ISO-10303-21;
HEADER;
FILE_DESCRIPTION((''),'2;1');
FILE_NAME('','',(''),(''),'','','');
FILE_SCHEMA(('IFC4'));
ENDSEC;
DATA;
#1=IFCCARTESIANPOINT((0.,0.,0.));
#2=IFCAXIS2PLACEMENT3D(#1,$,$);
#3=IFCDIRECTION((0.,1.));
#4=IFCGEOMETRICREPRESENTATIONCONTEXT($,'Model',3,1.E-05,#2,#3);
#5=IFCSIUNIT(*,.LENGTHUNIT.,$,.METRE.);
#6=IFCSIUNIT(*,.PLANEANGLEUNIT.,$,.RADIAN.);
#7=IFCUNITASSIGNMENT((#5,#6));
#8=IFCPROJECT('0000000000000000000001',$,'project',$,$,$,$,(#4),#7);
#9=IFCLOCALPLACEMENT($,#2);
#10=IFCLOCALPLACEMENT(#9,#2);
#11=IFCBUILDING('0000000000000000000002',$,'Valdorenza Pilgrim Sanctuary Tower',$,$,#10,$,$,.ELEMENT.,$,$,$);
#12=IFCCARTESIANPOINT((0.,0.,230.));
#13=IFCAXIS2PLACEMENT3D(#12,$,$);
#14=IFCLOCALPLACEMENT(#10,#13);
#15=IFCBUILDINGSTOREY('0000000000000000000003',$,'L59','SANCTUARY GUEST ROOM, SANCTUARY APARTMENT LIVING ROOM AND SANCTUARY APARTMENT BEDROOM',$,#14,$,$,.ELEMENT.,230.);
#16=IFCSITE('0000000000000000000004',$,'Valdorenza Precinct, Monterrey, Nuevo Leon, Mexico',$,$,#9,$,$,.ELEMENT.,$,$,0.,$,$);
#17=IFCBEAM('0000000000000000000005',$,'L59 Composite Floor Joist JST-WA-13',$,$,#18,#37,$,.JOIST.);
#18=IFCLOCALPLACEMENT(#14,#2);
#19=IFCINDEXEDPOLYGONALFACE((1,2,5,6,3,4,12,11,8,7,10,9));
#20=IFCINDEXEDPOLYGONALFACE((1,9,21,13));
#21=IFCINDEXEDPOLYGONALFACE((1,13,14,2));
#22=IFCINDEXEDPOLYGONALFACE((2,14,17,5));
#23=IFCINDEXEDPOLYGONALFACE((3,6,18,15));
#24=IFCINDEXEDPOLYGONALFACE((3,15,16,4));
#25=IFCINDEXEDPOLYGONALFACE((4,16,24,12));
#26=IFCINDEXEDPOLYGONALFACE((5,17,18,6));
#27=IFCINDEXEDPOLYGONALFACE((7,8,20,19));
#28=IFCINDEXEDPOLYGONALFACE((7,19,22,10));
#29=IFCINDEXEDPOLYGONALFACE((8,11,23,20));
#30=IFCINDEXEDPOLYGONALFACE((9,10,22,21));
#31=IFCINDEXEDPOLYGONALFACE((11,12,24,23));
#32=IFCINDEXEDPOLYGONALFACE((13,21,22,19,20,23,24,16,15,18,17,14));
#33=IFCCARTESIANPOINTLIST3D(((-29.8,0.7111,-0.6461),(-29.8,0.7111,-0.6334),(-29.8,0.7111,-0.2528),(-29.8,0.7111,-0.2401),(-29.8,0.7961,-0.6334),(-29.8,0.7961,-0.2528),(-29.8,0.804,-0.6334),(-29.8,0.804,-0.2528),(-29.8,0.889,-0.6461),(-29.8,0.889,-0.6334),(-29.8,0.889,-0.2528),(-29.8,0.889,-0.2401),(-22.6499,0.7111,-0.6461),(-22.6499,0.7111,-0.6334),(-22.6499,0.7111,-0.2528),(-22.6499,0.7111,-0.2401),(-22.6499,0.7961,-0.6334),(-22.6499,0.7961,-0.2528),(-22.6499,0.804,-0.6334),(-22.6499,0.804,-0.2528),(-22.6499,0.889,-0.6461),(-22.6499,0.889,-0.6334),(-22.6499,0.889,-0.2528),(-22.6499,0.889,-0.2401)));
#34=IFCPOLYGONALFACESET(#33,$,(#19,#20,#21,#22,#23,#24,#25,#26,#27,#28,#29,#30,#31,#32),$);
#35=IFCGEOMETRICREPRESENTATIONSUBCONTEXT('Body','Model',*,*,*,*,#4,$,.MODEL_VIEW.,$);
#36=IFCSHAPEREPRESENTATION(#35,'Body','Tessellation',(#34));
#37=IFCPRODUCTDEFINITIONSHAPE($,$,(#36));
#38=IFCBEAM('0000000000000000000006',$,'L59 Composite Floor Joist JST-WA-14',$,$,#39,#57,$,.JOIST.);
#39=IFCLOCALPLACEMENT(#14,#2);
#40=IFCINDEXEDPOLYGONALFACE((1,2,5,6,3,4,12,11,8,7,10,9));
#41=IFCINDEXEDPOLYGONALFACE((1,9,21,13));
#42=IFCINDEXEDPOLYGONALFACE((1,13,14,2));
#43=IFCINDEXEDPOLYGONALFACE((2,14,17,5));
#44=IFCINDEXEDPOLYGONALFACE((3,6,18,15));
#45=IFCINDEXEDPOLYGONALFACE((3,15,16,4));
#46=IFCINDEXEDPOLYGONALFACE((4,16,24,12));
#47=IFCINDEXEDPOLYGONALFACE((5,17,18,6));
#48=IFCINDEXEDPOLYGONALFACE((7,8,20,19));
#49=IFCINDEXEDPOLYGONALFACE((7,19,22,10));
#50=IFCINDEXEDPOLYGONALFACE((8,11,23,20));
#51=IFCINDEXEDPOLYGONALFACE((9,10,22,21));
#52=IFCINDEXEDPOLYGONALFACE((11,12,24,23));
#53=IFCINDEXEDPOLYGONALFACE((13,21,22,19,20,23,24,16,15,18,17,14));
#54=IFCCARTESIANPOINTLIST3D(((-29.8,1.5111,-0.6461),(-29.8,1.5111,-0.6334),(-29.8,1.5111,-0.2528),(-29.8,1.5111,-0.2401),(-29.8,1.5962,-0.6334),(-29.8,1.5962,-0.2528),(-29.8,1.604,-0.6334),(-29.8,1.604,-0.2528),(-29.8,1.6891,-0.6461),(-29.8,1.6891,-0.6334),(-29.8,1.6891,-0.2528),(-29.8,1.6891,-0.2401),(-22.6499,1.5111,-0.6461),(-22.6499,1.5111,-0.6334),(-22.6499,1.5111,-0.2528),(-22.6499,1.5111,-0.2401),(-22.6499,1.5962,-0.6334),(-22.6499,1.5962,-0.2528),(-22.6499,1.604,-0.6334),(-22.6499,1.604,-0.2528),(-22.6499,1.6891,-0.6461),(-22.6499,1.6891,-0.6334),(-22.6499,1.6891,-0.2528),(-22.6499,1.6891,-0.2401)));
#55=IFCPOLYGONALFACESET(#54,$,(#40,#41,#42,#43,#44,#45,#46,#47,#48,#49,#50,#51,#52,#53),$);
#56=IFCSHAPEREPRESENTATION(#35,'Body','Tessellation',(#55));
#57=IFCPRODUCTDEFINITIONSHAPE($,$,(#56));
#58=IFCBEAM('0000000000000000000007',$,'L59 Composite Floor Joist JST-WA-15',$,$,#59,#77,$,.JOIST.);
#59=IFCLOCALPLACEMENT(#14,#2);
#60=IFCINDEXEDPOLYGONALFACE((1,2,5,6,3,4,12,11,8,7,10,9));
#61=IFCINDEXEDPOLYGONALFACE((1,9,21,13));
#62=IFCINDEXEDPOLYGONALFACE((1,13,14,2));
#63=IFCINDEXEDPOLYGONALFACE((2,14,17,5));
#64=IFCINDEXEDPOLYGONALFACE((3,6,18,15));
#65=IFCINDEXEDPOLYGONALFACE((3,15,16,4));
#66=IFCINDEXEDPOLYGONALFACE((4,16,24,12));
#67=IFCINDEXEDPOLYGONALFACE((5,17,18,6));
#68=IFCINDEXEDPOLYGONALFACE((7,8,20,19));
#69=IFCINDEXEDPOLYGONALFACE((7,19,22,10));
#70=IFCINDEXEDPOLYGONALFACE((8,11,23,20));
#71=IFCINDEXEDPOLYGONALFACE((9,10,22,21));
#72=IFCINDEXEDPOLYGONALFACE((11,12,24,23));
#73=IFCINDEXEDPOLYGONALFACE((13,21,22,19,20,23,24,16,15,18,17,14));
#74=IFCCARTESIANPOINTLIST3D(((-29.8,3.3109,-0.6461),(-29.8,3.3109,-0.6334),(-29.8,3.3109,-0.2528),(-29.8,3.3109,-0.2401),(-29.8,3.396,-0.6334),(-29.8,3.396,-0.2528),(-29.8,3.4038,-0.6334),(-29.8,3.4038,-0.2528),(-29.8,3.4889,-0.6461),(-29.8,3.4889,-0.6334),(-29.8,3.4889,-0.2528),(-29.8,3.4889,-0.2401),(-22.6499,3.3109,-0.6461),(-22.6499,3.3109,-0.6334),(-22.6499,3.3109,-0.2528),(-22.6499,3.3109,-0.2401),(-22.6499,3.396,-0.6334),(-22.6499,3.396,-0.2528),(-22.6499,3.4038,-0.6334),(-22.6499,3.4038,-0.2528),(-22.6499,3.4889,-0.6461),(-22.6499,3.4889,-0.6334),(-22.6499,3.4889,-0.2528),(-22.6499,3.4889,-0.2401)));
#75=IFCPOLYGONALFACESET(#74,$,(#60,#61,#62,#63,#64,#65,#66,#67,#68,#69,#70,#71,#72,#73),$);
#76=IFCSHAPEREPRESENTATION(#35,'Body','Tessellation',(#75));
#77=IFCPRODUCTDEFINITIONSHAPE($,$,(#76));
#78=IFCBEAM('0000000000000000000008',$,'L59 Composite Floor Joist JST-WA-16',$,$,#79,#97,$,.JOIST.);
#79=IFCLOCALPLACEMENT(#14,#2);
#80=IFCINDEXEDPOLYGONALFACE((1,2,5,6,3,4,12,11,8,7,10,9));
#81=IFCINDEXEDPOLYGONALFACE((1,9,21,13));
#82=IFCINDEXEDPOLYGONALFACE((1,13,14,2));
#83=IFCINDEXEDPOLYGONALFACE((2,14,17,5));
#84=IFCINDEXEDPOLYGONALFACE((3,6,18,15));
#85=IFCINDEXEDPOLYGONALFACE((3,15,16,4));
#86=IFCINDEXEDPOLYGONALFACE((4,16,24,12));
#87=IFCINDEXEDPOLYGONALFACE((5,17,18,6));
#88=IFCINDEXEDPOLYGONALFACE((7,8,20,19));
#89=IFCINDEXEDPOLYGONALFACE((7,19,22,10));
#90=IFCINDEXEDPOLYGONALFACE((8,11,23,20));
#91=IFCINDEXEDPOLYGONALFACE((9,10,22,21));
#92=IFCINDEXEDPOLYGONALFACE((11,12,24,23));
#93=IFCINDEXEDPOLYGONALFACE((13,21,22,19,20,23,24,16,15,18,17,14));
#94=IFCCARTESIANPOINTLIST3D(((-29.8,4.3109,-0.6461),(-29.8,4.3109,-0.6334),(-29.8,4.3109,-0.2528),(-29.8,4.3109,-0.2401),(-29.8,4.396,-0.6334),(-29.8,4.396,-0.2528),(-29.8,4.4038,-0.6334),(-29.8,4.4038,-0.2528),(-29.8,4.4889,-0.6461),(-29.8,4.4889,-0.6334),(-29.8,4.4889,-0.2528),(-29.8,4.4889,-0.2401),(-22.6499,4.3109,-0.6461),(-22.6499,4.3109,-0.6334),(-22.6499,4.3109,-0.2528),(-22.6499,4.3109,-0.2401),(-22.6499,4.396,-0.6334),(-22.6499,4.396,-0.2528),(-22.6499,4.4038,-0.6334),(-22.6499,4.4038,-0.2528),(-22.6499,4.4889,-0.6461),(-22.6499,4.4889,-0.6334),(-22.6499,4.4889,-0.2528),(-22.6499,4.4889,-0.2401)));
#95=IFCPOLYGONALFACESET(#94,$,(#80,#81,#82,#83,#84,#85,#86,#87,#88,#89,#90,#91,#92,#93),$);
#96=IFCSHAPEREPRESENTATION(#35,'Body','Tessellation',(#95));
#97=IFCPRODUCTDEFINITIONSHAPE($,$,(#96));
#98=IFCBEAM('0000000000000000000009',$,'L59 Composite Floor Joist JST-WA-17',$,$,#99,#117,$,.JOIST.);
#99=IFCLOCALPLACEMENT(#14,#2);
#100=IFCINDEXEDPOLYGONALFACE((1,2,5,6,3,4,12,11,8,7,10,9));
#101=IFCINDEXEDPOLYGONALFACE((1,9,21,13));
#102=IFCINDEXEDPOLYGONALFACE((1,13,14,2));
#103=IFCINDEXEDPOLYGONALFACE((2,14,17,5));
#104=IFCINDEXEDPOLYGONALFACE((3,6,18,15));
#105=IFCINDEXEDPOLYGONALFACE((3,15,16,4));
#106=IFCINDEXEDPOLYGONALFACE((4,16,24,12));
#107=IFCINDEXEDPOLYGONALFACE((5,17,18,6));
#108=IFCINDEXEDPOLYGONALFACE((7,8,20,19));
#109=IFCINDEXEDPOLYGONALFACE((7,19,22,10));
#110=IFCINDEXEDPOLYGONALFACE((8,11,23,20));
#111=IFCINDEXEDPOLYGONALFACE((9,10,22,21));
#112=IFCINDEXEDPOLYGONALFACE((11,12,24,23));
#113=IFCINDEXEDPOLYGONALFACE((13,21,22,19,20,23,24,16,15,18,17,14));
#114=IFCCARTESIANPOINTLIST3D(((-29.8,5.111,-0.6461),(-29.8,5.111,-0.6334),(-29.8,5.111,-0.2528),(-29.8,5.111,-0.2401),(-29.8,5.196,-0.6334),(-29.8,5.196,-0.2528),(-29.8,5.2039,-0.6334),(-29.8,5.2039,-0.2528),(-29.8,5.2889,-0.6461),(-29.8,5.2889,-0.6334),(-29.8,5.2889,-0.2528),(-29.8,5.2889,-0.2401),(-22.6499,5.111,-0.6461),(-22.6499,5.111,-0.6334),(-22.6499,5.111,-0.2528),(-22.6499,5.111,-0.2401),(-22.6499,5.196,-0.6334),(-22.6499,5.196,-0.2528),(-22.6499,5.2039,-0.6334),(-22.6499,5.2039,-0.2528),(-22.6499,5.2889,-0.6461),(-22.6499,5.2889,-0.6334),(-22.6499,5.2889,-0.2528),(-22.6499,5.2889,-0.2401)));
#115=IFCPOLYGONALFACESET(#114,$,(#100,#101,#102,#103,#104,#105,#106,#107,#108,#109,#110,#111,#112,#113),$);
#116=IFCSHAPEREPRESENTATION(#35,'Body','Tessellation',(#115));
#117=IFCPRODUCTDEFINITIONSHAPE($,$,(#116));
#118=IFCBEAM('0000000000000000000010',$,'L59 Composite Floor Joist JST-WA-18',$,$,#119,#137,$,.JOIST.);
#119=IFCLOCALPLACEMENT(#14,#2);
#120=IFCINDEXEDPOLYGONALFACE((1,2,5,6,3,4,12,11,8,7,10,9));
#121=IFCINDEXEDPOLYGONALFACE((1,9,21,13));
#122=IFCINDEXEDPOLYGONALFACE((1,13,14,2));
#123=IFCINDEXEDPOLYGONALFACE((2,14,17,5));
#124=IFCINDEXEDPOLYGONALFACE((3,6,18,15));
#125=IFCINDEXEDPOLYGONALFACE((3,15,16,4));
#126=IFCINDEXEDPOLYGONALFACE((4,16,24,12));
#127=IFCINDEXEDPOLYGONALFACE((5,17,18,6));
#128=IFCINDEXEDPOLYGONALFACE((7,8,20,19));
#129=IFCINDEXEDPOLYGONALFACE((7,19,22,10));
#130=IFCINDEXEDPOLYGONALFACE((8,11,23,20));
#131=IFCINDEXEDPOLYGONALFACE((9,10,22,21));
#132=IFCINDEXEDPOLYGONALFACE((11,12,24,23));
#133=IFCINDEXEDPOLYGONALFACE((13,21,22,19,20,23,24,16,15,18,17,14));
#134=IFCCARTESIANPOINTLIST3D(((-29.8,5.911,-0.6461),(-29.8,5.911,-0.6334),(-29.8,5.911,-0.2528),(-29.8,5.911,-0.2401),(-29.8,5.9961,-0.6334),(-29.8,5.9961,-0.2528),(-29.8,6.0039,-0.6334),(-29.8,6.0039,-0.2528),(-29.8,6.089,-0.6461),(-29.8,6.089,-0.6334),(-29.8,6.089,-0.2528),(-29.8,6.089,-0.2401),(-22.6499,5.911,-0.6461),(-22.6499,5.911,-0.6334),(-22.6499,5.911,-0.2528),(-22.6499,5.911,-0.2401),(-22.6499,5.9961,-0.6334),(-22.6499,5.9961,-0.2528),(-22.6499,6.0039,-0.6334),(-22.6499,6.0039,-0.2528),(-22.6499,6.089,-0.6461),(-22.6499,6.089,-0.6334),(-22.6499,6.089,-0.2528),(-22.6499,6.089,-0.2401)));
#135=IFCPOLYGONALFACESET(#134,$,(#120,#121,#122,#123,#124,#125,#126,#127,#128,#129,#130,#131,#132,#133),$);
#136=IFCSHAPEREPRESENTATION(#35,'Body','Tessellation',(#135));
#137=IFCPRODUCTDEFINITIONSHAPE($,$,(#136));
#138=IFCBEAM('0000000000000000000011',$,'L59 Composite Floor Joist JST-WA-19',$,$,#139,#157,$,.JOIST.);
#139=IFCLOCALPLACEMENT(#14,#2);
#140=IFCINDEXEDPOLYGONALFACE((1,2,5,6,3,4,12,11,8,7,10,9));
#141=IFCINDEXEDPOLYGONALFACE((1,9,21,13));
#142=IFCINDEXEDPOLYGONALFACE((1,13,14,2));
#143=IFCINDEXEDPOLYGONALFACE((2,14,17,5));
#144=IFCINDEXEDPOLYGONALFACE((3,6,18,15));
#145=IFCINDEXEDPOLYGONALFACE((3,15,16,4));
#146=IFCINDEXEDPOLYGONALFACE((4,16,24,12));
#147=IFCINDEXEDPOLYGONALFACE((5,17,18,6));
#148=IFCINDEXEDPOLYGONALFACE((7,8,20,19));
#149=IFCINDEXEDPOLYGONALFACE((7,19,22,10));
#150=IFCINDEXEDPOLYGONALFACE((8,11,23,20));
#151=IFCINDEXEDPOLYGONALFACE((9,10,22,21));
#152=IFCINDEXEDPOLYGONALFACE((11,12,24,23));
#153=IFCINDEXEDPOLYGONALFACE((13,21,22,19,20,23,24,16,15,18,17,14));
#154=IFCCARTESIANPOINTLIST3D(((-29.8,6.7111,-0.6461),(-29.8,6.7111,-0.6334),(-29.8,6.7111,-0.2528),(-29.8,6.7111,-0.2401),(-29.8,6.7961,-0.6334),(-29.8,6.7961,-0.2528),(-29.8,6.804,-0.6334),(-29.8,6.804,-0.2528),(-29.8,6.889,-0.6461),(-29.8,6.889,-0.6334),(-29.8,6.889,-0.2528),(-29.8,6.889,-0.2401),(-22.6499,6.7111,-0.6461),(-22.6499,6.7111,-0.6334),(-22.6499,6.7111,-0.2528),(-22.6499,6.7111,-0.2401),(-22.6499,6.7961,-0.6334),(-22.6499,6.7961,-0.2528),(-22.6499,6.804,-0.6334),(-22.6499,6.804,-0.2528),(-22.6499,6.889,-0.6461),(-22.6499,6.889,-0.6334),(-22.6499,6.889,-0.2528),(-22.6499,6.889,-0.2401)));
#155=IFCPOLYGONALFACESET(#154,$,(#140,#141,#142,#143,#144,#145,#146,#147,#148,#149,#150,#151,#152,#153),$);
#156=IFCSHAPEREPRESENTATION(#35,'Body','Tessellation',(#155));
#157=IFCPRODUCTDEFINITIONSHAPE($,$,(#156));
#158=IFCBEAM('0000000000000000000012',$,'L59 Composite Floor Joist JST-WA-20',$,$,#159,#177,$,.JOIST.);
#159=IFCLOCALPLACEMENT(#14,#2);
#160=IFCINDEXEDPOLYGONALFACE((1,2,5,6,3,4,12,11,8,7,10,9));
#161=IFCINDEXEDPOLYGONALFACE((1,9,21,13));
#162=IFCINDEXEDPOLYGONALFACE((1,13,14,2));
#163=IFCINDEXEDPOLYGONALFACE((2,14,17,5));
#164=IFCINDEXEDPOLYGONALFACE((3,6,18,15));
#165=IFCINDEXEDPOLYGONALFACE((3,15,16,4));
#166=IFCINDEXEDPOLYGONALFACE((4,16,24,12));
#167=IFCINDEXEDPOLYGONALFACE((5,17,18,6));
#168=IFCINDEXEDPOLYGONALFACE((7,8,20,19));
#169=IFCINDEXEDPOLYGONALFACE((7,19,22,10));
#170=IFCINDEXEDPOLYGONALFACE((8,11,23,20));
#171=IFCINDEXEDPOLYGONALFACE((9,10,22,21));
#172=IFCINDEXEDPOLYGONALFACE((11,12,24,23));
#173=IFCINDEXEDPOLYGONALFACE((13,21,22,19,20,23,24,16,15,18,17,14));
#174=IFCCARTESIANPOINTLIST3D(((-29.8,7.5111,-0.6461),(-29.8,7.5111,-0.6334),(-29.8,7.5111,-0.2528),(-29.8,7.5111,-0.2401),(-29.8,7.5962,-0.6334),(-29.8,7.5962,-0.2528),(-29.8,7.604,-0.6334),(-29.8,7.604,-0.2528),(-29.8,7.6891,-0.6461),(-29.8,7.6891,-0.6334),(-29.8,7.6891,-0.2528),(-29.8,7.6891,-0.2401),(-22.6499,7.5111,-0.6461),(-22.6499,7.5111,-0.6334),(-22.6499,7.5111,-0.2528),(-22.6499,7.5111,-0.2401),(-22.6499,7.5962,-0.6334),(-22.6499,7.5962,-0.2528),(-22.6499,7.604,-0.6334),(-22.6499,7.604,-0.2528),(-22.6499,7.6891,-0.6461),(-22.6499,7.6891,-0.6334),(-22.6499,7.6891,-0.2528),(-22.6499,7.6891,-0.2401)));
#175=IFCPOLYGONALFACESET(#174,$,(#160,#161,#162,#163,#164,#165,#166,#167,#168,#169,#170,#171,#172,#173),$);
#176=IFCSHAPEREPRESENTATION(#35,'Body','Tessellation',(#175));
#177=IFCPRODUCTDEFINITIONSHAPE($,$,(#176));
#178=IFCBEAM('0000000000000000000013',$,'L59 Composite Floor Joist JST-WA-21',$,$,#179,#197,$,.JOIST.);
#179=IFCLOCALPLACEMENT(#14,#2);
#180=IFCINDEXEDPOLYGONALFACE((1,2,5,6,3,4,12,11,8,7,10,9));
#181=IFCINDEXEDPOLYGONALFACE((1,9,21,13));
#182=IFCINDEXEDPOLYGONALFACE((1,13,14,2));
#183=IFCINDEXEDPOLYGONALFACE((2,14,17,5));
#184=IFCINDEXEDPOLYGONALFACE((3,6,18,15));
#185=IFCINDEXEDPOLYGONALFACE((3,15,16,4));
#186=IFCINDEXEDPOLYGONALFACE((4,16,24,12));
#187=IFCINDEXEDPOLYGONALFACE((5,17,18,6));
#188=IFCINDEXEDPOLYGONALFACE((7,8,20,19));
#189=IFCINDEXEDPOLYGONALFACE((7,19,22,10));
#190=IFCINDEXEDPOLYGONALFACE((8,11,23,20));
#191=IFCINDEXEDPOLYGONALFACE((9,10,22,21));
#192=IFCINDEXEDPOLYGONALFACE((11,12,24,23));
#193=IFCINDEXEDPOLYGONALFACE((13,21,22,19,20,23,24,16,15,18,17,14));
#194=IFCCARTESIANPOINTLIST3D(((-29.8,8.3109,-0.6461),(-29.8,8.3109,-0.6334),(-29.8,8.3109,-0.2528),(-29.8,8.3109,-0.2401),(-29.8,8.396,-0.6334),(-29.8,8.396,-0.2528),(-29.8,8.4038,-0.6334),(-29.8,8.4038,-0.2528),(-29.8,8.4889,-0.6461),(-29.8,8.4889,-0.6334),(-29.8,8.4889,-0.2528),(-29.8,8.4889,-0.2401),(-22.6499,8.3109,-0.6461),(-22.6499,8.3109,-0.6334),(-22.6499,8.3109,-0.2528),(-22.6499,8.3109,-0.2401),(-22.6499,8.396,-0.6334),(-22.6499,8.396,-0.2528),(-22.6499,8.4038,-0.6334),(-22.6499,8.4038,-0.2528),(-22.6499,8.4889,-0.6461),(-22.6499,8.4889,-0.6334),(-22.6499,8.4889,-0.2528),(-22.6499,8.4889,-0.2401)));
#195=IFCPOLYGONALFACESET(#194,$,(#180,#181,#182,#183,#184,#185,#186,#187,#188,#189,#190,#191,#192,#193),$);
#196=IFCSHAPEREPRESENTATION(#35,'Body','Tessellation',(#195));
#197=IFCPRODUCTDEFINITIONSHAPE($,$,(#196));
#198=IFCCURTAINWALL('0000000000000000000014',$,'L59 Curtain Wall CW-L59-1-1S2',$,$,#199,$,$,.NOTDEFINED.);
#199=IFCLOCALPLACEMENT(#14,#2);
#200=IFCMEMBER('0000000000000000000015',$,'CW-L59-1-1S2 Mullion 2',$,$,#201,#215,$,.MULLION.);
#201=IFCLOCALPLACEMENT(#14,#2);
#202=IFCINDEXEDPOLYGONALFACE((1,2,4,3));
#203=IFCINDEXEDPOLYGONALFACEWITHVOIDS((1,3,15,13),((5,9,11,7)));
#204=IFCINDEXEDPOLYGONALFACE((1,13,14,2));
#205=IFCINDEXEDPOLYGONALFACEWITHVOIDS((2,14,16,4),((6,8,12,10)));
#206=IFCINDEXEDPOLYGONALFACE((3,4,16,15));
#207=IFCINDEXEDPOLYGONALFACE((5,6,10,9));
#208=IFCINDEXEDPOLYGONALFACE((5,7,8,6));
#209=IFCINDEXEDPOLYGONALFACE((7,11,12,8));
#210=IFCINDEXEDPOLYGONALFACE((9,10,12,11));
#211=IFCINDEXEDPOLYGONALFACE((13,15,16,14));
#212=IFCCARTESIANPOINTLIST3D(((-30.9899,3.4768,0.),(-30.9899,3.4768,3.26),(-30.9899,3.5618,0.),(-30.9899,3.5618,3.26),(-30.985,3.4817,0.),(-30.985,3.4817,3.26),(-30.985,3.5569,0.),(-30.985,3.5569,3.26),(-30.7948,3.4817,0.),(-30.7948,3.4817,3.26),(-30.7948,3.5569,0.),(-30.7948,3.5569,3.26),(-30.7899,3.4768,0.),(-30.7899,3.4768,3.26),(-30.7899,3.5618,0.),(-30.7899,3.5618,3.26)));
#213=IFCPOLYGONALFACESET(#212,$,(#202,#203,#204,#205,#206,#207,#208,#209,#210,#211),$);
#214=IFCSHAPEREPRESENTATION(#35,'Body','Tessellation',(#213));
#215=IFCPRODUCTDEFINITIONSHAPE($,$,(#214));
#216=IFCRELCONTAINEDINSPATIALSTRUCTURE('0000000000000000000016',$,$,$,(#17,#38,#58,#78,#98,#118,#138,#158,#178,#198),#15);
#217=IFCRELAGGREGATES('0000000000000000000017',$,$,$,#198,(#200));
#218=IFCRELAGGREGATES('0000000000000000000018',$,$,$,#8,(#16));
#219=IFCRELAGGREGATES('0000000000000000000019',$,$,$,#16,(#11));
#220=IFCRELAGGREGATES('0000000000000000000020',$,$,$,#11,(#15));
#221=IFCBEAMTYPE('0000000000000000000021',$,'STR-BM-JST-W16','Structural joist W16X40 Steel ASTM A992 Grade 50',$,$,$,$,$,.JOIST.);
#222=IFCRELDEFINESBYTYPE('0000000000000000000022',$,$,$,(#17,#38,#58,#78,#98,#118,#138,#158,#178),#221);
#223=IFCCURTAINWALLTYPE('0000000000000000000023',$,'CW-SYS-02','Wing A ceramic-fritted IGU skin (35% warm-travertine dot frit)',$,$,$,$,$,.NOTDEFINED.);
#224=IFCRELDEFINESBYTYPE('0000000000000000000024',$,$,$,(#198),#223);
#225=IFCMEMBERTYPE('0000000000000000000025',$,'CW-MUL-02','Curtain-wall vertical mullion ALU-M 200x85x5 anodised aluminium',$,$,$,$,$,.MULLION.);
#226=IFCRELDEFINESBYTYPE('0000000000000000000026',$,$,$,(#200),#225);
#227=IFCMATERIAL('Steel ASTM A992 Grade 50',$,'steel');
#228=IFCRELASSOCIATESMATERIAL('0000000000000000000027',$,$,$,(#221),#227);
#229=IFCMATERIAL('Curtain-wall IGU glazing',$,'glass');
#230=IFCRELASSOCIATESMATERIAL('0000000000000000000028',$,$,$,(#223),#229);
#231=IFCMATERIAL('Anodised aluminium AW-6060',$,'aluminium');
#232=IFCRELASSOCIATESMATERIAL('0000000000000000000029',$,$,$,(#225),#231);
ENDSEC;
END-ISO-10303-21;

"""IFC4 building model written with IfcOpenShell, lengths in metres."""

from ifc_helpers import new_model, si_unit, direction, frame, origin, origin_2d, place, context, subcontext, project, spatial, hollow_rectangle, i_section, extrude, source, transform, mapped, material, material_profile, profile_set, type_object, element, aggregate, save


model = new_model("IFC4")

# Units and contexts
model_context = context("Model", 3, precision=1e-05, world=origin(), true_north=direction((0.0, 1.0)))
body_context = subcontext(model_context, "Body", "Model", "MODEL_VIEW")
ifc_project = project(units=[si_unit("LENGTHUNIT", "METRE"), si_unit("PLANEANGLEUNIT", "RADIAN")], contexts=[model_context])

# Site, building, storey
site_placement = place(None, origin())
site = spatial("IfcSite", under=ifc_project, at=site_placement, Name="Valdorenza Precinct, Monterrey, Nuevo Leon, Mexico", CompositionType="ELEMENT", RefElevation=0.0)
building_placement = place(site_placement, origin())
building = spatial("IfcBuilding", under=site, at=building_placement, Name="Valdorenza Pilgrim Sanctuary Tower", CompositionType="ELEMENT")
storey_placement = place(building_placement, frame((0.0, 0.0, 230.0)))
storey = spatial("IfcBuildingStorey", under=building, at=storey_placement, Name="L59", Description="SANCTUARY GUEST ROOM, SANCTUARY APARTMENT LIVING ROOM AND SANCTUARY APARTMENT BEDROOM", CompositionType="ELEMENT", Elevation=230.0)

# Beams
ifc_material_1 = material(Name="Steel ASTM A992 Grade 50", Category="steel")
ifc_material_profile_1 = material_profile(ifc_material_1, i_section(OverallWidth=0.178, OverallDepth=0.406, WebThickness=0.0078, FlangeThickness=0.0127, at=origin_2d()), Name="W16X40")
ifc_profile_set_1 = profile_set([ifc_material_profile_1], Name="Steel ASTM A992 Grade 50")
beam_type = type_object("IfcBeamType", Name="STR-BM-JST-W16", Description="Structural joist W16X40 Steel ASTM A992 Grade 50", PredefinedType="JOIST", material=ifc_profile_set_1)
shared_shape_1 = source(origin(), body_context, "Body", "SweptSolid", [
    extrude(i_section(OverallWidth=0.178, OverallDepth=0.406, WebThickness=0.0078, FlangeThickness=0.0127, at=origin_2d()), origin(), (0.0, 0.0, 1.0), 7.1501),
])
for number, where, z_axis, x_axis, name in (
    (1, (-29.8, 0.8, -0.4431), (1.0, 0.0, 0.0), (0.0, 1.0, 0.0), "L59 Composite Floor Joist JST-WA-13"),
    (2, (-29.8, 1.6001, -0.4431), (1.0, 0.0, 0.0), (0.0, 1.0, 0.0), "L59 Composite Floor Joist JST-WA-14"),
    (3, (-29.8, 3.3999, -0.4431), (1.0, 0.0, 0.0), (0.0, 1.0, 0.0), "L59 Composite Floor Joist JST-WA-15"),
    (4, (-29.8, 4.3999, -0.4431), (1.0, 0.0, 0.0), (0.0, 1.0, 0.0), "L59 Composite Floor Joist JST-WA-16"),
    (5, (-29.8, 5.2, -0.4431), (1.0, 0.0, 0.0), (0.0, 1.0, 0.0), "L59 Composite Floor Joist JST-WA-17"),
    (6, (-29.8, 6.0, -0.4431), (1.0, 0.0, 0.0), (0.0, 1.0, 0.0), "L59 Composite Floor Joist JST-WA-18"),
    (7, (-29.8, 6.8, -0.4431), (1.0, 0.0, 0.0), (0.0, 1.0, 0.0), "L59 Composite Floor Joist JST-WA-19"),
    (8, (-29.8, 7.6001, -0.4431), (1.0, 0.0, 0.0), (0.0, 1.0, 0.0), "L59 Composite Floor Joist JST-WA-20"),
    (9, (-29.8, 8.3999, -0.4431), (1.0, 0.0, 0.0), (0.0, 1.0, 0.0), "L59 Composite Floor Joist JST-WA-21"),
):
    element("IfcBeam", number, at=place(storey_placement, frame(where, z_axis=z_axis, x_axis=x_axis)), inside=storey, type_object=beam_type, Name=name, PredefinedType="JOIST", context=body_context, shape_type="MappedRepresentation", body=[
        mapped(shared_shape_1, transform((0.0, 0.0, 0.0), x_axis=(1.0, 0.0, 0.0), y_axis=(0.0, 1.0, 0.0), z_axis=(0.0, 0.0, 1.0), scale=1.0)),
    ])

# Curtain wall, member
ifc_material_2 = material(Name="Curtain-wall IGU glazing", Category="glass")
curtain_wall_type = type_object("IfcCurtainWallType", Name="CW-SYS-02", Description="Wing A ceramic-fritted IGU skin (35% warm-travertine dot frit)", PredefinedType="NOTDEFINED", material=ifc_material_2)
curtain_wall_placement = place(storey_placement, origin())
curtain_wall = element("IfcCurtainWall", 10, at=curtain_wall_placement, inside=storey, type_object=curtain_wall_type, Name="L59 Curtain Wall CW-L59-1-1S2", PredefinedType="NOTDEFINED")
ifc_material_3 = material(Name="Anodised aluminium AW-6060", Category="aluminium")
ifc_material_profile_2 = material_profile(ifc_material_3, hollow_rectangle(XDim=0.085, YDim=0.2, WallThickness=0.0049, at=origin_2d()), Name="ALU-M 200x85x5")
ifc_profile_set_2 = profile_set([ifc_material_profile_2], Name="Anodised aluminium AW-6060")
member_type = type_object("IfcMemberType", Name="CW-MUL-02", Description="Curtain-wall vertical mullion ALU-M 200x85x5 anodised aluminium", PredefinedType="MULLION", material=ifc_profile_set_2)
shared_shape_2 = source(origin(), body_context, "Body", "SweptSolid", [
    extrude(hollow_rectangle(XDim=0.085, YDim=0.2, WallThickness=0.0049, at=origin_2d()), origin(), (0.0, 0.0, 1.0), 3.26),
])
member_placement = place(storey_placement, frame((-30.8899, 3.5193, 0.0), z_axis=(0.0, 0.0, 1.0), x_axis=(0.0, 1.0, 0.0)))
member = element("IfcMember", 11, at=member_placement, type_object=member_type, Name="CW-L59-1-1S2 Mullion 2", PredefinedType="MULLION", context=body_context, shape_type="MappedRepresentation", body=[
    mapped(shared_shape_2, transform((0.0, 0.0, 0.0), x_axis=(1.0, 0.0, 0.0), y_axis=(0.0, 1.0, 0.0), z_axis=(0.0, 0.0, 1.0), scale=1.0)),
])
aggregate(curtain_wall, [member])

save(model, "model.ifc")
